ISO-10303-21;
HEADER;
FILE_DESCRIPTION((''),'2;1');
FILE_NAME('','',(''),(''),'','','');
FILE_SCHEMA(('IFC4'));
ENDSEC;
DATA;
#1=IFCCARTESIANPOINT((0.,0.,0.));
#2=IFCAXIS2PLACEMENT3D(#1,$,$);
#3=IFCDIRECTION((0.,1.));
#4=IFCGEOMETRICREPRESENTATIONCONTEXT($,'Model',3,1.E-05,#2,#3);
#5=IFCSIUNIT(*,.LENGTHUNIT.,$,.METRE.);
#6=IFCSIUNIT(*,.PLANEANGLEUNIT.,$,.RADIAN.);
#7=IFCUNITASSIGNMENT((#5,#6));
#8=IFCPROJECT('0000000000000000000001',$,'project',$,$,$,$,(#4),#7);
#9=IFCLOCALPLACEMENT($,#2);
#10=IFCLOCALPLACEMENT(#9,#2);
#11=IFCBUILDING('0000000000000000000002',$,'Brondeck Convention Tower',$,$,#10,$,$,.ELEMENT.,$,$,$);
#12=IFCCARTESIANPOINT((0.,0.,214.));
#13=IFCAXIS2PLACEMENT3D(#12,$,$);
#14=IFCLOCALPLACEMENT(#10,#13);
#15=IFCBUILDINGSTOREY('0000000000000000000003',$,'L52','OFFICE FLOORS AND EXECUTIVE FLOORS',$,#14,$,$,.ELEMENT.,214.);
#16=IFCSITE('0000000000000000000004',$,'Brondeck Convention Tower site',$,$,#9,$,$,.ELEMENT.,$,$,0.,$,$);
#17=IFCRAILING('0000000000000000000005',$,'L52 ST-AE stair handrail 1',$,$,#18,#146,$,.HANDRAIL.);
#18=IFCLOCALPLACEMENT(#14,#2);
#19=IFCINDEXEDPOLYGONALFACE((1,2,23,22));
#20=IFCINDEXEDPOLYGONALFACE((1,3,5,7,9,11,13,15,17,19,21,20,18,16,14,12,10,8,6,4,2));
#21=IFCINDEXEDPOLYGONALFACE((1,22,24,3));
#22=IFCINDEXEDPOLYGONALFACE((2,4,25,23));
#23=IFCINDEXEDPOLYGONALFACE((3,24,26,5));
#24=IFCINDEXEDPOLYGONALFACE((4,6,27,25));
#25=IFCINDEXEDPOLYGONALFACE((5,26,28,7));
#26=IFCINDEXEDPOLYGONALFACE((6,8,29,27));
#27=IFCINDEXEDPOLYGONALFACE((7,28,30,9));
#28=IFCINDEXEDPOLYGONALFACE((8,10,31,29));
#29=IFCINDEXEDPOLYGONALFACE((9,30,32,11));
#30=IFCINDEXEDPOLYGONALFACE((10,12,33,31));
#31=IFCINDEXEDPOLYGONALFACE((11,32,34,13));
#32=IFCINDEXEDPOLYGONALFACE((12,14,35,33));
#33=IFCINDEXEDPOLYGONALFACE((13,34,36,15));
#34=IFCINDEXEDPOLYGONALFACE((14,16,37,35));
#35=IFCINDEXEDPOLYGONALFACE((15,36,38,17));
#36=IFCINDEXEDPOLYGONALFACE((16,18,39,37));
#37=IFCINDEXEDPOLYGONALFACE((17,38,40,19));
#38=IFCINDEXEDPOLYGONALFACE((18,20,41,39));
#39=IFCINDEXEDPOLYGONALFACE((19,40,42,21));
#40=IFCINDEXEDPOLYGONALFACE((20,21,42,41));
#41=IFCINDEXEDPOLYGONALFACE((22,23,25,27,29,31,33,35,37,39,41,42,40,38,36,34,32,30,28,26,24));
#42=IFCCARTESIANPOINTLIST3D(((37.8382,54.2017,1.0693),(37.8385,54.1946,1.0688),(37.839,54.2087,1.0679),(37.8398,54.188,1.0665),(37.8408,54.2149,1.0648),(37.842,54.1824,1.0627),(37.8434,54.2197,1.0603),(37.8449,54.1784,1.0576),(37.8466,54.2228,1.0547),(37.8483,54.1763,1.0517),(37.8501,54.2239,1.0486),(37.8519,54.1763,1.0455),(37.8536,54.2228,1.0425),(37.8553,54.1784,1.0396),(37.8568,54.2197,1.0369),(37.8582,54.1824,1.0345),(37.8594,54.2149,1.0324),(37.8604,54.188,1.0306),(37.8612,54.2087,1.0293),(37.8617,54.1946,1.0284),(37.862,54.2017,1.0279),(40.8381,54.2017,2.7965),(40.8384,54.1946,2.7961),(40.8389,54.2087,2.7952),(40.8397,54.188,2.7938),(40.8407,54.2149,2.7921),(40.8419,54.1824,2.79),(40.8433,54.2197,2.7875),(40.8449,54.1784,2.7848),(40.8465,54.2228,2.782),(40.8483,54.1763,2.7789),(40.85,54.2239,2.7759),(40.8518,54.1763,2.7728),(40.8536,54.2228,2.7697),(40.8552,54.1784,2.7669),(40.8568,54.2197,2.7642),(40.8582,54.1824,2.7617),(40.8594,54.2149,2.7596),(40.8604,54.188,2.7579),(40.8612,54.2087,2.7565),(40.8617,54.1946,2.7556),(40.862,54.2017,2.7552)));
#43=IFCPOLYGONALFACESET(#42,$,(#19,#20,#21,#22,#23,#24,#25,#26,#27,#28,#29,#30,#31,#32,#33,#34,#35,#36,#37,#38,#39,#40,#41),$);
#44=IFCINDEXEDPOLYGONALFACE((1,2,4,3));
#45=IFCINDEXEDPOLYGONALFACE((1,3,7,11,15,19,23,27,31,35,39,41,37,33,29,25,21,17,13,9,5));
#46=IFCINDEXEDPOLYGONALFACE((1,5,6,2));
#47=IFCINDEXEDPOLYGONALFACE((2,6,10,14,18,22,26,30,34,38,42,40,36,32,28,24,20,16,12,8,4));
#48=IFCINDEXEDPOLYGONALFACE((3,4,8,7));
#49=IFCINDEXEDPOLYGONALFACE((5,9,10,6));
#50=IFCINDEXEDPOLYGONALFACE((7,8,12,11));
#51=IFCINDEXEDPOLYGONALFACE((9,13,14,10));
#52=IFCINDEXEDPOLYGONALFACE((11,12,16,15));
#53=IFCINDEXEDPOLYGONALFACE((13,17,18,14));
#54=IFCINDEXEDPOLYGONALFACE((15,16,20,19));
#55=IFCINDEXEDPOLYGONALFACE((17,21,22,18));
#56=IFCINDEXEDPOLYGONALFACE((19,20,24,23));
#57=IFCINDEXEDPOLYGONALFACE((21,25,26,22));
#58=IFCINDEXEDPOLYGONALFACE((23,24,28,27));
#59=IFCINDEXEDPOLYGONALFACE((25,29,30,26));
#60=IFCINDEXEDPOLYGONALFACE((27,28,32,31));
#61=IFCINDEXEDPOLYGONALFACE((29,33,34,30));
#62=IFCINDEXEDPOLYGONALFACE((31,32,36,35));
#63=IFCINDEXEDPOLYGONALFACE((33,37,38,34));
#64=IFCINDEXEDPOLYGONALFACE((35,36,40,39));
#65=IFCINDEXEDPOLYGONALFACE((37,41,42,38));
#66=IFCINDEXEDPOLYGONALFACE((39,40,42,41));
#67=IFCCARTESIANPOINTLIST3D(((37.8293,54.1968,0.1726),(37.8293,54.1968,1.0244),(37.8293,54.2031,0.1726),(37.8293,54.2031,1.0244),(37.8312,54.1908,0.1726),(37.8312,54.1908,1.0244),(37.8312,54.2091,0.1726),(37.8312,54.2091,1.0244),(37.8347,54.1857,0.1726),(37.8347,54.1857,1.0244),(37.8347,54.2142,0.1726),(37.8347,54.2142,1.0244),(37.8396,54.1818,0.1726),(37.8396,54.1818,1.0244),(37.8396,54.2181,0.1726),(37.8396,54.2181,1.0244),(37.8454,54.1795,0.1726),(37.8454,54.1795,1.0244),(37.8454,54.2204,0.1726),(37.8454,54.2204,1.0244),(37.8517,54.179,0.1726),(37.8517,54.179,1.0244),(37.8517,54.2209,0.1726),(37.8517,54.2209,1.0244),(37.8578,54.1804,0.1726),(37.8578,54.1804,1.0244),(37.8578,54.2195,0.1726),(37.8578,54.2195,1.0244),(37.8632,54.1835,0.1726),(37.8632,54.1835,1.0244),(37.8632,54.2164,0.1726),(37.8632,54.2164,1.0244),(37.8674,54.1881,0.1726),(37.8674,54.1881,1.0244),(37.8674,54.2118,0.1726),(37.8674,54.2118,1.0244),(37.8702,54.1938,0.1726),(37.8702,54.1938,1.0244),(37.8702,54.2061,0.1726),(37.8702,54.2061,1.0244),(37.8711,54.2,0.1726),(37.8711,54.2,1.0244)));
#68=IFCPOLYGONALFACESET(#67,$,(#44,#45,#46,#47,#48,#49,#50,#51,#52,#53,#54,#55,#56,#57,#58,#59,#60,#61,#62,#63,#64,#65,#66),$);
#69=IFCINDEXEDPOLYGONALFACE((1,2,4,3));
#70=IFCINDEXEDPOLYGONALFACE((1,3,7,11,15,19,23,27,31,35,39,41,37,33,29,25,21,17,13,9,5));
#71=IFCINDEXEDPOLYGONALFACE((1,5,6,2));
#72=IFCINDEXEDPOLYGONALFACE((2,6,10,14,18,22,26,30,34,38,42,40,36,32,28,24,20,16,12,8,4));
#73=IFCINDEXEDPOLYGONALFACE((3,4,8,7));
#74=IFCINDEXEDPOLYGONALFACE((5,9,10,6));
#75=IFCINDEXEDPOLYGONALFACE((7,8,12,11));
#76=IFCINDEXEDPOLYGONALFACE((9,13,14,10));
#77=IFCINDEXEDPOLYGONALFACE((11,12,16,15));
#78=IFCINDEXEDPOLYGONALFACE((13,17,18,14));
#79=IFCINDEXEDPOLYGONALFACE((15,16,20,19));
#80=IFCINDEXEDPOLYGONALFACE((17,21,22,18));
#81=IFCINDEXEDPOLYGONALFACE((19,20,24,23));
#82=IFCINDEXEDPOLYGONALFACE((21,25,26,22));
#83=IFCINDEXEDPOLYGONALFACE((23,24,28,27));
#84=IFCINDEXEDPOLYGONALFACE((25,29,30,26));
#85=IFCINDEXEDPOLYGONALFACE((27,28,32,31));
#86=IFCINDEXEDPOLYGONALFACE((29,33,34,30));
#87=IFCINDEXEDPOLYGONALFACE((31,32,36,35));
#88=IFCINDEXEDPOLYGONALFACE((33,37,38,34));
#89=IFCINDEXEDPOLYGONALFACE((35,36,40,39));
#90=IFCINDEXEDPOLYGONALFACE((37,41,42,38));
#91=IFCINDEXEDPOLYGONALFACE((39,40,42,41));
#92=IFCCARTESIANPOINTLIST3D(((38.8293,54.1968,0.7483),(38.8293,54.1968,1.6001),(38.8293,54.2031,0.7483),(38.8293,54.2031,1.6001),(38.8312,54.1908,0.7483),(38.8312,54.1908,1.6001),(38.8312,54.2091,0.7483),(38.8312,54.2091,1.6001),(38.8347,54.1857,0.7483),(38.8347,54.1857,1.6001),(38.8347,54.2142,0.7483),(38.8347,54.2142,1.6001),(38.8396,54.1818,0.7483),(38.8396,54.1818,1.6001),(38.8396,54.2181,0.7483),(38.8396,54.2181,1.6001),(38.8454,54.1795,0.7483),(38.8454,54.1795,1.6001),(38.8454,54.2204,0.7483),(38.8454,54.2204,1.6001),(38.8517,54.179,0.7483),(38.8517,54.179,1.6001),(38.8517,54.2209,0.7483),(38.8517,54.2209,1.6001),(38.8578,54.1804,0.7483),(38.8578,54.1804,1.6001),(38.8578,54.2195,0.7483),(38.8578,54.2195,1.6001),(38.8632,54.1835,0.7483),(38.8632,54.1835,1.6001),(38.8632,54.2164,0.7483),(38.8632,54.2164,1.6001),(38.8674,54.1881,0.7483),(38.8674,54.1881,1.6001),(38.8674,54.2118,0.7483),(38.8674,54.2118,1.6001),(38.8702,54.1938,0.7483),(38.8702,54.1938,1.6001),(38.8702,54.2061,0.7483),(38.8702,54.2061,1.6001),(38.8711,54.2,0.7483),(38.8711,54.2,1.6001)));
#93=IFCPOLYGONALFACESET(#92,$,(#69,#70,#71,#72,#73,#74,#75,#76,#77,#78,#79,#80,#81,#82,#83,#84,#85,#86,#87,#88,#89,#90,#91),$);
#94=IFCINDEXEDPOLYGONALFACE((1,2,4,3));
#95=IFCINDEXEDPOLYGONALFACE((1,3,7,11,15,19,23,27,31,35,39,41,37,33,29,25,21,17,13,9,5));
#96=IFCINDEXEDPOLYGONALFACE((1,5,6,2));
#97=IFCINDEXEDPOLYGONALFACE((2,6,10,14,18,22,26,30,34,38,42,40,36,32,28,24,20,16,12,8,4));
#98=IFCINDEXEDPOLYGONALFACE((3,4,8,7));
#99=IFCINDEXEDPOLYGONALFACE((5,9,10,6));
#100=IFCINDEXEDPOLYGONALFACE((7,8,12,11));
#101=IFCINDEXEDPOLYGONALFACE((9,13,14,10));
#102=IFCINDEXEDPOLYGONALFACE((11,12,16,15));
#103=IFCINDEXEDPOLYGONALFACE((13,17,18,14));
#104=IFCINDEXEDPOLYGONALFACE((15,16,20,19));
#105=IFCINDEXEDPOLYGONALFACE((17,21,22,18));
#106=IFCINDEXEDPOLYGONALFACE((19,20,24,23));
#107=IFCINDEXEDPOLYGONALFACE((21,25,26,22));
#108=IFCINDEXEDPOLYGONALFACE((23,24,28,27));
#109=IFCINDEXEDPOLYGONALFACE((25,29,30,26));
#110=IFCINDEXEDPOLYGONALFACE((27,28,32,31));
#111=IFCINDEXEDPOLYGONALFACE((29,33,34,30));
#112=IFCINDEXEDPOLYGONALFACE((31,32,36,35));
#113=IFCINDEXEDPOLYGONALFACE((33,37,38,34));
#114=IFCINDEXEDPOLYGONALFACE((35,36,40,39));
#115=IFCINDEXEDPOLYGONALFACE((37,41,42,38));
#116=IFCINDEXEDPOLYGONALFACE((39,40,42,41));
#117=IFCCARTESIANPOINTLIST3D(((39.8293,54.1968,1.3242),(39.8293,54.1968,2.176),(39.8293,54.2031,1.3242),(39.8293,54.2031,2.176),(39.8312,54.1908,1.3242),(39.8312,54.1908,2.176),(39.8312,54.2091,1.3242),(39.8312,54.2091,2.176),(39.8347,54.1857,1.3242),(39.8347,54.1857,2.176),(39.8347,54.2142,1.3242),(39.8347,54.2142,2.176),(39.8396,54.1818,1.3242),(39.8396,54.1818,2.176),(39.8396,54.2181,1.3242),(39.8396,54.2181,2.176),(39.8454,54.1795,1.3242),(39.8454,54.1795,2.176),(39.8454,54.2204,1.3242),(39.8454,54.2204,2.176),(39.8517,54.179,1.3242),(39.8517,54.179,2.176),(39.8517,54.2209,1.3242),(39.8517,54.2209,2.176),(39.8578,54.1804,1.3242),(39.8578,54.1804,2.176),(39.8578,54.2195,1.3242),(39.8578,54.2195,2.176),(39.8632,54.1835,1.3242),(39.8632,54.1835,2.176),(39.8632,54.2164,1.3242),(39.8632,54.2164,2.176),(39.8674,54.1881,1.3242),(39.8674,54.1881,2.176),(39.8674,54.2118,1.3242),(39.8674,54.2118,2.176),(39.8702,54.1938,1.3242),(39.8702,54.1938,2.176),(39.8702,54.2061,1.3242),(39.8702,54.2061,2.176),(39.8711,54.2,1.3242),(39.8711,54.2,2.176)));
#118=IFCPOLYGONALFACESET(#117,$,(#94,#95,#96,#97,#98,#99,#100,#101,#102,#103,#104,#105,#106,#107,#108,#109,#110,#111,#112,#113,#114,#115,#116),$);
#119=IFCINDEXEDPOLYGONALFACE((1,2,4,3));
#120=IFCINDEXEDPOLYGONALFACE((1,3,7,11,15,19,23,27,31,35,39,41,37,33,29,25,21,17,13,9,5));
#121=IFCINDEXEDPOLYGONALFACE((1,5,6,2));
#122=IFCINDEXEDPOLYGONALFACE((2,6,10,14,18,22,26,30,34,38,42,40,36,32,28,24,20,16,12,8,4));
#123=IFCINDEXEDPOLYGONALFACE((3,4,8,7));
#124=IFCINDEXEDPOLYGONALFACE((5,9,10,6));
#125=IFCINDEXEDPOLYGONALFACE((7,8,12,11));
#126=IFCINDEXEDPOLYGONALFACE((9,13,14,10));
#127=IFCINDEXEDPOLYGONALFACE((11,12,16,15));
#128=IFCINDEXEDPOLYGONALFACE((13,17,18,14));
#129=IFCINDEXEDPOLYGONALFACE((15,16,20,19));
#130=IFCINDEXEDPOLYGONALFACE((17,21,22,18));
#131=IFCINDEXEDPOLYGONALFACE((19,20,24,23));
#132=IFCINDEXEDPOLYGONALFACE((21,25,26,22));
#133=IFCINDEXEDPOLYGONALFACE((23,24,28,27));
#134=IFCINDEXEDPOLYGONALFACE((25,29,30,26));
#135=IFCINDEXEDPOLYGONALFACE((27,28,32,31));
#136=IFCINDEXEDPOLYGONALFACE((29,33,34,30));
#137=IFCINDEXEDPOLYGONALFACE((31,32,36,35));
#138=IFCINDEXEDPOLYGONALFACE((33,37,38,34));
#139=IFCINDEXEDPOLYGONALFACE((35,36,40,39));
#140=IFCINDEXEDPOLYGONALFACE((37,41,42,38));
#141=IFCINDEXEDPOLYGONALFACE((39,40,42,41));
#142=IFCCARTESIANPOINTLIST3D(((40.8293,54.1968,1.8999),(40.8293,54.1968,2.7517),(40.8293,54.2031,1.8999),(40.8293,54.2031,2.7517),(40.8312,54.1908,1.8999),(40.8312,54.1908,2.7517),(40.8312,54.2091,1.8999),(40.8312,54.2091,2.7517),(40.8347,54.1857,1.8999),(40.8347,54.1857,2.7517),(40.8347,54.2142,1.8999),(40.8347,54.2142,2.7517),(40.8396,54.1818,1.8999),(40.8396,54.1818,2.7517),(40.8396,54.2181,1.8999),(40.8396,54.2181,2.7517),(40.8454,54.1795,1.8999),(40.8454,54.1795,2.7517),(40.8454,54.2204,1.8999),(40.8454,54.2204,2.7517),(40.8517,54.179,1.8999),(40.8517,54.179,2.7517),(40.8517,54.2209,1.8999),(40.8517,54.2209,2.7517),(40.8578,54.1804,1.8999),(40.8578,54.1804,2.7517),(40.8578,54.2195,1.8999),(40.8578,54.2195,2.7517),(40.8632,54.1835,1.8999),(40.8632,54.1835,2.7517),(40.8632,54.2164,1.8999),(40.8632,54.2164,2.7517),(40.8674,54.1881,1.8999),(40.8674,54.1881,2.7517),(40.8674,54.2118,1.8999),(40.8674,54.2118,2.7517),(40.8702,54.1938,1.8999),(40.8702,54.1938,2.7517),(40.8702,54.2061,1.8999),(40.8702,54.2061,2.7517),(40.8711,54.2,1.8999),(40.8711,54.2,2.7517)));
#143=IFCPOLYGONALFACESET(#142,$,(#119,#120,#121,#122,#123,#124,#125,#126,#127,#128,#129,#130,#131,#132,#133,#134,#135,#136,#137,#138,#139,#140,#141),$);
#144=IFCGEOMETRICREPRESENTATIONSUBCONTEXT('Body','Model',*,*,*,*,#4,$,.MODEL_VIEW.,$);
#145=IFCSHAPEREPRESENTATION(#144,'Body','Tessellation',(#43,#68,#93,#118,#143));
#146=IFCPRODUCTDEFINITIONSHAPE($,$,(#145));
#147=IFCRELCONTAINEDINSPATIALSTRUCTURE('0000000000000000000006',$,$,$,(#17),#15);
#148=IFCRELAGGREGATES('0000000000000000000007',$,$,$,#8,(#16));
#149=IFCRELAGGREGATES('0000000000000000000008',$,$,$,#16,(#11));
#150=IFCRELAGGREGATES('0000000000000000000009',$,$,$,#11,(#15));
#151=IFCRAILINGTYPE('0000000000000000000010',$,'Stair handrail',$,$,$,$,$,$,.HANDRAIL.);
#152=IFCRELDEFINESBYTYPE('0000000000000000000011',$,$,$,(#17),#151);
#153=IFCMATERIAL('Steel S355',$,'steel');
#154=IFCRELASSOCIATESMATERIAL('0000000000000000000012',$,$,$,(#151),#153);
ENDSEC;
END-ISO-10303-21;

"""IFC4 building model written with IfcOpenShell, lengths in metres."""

from ifc_helpers import new_model, si_unit, direction, frame, origin, origin_2d, place, context, subcontext, project, spatial, circle, extrude, material, type_object, element, save


model = new_model("IFC4")

# Units and contexts
model_context = context("Model", 3, precision=1e-05, world=origin(), true_north=direction((0.0, 1.0)))
body_context = subcontext(model_context, "Body", "Model", "MODEL_VIEW")
ifc_project = project(units=[si_unit("LENGTHUNIT", "METRE"), si_unit("PLANEANGLEUNIT", "RADIAN")], contexts=[model_context])

# Site, building, storey
site_placement = place(None, origin())
site = spatial("IfcSite", under=ifc_project, at=site_placement, Name="Brondeck Convention Tower site", CompositionType="ELEMENT", RefElevation=0.0)
building_placement = place(site_placement, origin())
building = spatial("IfcBuilding", under=site, at=building_placement, Name="Brondeck Convention Tower", CompositionType="ELEMENT")
storey_placement = place(building_placement, frame((0.0, 0.0, 214.0)))
storey = spatial("IfcBuildingStorey", under=building, at=storey_placement, Name="L52", Description="OFFICE FLOORS AND EXECUTIVE FLOORS", CompositionType="ELEMENT", Elevation=214.0)

# Shared definitions
ifc_material_1 = material(Name="Steel S355", Category="steel")

# Railing
railing_type_1 = type_object("IfcRailingType", Name="Stair handrail", PredefinedType="HANDRAIL", material=ifc_material_1)
railing_1_placement = place(storey_placement, frame((37.8501, 54.2, 0.1726)))
element("IfcRailing", 1, at=railing_1_placement, inside=storey, type_object=railing_type_1, Name="L52 ST-AE stair handrail 1", PredefinedType="HANDRAIL", context=body_context, shape_type="SweptSolid", body=[
    extrude(circle(Radius=0.0239, at=origin_2d()), frame((0.0, 0.0, 0.876), z_axis=(0.86662, 0.0, 0.498969), x_axis=(0.0, 1.0, 0.0)), (0.0, 0.0, 1.0), 3.4617),
    extrude(circle(Radius=0.021, at=origin_2d()), origin(), (0.0, 0.0, 1.0), 0.8518),
    extrude(circle(Radius=0.021, at=origin_2d()), frame((1.0, 0.0, 0.5757)), (0.0, 0.0, 1.0), 0.8518),
    extrude(circle(Radius=0.021, at=origin_2d()), frame((2.0, 0.0, 1.1516)), (0.0, 0.0, 1.0), 0.8518),
    extrude(circle(Radius=0.021, at=origin_2d()), frame((3.0, 0.0, 1.7273)), (0.0, 0.0, 1.0), 0.8518),
])

save(model, "model.ifc")
